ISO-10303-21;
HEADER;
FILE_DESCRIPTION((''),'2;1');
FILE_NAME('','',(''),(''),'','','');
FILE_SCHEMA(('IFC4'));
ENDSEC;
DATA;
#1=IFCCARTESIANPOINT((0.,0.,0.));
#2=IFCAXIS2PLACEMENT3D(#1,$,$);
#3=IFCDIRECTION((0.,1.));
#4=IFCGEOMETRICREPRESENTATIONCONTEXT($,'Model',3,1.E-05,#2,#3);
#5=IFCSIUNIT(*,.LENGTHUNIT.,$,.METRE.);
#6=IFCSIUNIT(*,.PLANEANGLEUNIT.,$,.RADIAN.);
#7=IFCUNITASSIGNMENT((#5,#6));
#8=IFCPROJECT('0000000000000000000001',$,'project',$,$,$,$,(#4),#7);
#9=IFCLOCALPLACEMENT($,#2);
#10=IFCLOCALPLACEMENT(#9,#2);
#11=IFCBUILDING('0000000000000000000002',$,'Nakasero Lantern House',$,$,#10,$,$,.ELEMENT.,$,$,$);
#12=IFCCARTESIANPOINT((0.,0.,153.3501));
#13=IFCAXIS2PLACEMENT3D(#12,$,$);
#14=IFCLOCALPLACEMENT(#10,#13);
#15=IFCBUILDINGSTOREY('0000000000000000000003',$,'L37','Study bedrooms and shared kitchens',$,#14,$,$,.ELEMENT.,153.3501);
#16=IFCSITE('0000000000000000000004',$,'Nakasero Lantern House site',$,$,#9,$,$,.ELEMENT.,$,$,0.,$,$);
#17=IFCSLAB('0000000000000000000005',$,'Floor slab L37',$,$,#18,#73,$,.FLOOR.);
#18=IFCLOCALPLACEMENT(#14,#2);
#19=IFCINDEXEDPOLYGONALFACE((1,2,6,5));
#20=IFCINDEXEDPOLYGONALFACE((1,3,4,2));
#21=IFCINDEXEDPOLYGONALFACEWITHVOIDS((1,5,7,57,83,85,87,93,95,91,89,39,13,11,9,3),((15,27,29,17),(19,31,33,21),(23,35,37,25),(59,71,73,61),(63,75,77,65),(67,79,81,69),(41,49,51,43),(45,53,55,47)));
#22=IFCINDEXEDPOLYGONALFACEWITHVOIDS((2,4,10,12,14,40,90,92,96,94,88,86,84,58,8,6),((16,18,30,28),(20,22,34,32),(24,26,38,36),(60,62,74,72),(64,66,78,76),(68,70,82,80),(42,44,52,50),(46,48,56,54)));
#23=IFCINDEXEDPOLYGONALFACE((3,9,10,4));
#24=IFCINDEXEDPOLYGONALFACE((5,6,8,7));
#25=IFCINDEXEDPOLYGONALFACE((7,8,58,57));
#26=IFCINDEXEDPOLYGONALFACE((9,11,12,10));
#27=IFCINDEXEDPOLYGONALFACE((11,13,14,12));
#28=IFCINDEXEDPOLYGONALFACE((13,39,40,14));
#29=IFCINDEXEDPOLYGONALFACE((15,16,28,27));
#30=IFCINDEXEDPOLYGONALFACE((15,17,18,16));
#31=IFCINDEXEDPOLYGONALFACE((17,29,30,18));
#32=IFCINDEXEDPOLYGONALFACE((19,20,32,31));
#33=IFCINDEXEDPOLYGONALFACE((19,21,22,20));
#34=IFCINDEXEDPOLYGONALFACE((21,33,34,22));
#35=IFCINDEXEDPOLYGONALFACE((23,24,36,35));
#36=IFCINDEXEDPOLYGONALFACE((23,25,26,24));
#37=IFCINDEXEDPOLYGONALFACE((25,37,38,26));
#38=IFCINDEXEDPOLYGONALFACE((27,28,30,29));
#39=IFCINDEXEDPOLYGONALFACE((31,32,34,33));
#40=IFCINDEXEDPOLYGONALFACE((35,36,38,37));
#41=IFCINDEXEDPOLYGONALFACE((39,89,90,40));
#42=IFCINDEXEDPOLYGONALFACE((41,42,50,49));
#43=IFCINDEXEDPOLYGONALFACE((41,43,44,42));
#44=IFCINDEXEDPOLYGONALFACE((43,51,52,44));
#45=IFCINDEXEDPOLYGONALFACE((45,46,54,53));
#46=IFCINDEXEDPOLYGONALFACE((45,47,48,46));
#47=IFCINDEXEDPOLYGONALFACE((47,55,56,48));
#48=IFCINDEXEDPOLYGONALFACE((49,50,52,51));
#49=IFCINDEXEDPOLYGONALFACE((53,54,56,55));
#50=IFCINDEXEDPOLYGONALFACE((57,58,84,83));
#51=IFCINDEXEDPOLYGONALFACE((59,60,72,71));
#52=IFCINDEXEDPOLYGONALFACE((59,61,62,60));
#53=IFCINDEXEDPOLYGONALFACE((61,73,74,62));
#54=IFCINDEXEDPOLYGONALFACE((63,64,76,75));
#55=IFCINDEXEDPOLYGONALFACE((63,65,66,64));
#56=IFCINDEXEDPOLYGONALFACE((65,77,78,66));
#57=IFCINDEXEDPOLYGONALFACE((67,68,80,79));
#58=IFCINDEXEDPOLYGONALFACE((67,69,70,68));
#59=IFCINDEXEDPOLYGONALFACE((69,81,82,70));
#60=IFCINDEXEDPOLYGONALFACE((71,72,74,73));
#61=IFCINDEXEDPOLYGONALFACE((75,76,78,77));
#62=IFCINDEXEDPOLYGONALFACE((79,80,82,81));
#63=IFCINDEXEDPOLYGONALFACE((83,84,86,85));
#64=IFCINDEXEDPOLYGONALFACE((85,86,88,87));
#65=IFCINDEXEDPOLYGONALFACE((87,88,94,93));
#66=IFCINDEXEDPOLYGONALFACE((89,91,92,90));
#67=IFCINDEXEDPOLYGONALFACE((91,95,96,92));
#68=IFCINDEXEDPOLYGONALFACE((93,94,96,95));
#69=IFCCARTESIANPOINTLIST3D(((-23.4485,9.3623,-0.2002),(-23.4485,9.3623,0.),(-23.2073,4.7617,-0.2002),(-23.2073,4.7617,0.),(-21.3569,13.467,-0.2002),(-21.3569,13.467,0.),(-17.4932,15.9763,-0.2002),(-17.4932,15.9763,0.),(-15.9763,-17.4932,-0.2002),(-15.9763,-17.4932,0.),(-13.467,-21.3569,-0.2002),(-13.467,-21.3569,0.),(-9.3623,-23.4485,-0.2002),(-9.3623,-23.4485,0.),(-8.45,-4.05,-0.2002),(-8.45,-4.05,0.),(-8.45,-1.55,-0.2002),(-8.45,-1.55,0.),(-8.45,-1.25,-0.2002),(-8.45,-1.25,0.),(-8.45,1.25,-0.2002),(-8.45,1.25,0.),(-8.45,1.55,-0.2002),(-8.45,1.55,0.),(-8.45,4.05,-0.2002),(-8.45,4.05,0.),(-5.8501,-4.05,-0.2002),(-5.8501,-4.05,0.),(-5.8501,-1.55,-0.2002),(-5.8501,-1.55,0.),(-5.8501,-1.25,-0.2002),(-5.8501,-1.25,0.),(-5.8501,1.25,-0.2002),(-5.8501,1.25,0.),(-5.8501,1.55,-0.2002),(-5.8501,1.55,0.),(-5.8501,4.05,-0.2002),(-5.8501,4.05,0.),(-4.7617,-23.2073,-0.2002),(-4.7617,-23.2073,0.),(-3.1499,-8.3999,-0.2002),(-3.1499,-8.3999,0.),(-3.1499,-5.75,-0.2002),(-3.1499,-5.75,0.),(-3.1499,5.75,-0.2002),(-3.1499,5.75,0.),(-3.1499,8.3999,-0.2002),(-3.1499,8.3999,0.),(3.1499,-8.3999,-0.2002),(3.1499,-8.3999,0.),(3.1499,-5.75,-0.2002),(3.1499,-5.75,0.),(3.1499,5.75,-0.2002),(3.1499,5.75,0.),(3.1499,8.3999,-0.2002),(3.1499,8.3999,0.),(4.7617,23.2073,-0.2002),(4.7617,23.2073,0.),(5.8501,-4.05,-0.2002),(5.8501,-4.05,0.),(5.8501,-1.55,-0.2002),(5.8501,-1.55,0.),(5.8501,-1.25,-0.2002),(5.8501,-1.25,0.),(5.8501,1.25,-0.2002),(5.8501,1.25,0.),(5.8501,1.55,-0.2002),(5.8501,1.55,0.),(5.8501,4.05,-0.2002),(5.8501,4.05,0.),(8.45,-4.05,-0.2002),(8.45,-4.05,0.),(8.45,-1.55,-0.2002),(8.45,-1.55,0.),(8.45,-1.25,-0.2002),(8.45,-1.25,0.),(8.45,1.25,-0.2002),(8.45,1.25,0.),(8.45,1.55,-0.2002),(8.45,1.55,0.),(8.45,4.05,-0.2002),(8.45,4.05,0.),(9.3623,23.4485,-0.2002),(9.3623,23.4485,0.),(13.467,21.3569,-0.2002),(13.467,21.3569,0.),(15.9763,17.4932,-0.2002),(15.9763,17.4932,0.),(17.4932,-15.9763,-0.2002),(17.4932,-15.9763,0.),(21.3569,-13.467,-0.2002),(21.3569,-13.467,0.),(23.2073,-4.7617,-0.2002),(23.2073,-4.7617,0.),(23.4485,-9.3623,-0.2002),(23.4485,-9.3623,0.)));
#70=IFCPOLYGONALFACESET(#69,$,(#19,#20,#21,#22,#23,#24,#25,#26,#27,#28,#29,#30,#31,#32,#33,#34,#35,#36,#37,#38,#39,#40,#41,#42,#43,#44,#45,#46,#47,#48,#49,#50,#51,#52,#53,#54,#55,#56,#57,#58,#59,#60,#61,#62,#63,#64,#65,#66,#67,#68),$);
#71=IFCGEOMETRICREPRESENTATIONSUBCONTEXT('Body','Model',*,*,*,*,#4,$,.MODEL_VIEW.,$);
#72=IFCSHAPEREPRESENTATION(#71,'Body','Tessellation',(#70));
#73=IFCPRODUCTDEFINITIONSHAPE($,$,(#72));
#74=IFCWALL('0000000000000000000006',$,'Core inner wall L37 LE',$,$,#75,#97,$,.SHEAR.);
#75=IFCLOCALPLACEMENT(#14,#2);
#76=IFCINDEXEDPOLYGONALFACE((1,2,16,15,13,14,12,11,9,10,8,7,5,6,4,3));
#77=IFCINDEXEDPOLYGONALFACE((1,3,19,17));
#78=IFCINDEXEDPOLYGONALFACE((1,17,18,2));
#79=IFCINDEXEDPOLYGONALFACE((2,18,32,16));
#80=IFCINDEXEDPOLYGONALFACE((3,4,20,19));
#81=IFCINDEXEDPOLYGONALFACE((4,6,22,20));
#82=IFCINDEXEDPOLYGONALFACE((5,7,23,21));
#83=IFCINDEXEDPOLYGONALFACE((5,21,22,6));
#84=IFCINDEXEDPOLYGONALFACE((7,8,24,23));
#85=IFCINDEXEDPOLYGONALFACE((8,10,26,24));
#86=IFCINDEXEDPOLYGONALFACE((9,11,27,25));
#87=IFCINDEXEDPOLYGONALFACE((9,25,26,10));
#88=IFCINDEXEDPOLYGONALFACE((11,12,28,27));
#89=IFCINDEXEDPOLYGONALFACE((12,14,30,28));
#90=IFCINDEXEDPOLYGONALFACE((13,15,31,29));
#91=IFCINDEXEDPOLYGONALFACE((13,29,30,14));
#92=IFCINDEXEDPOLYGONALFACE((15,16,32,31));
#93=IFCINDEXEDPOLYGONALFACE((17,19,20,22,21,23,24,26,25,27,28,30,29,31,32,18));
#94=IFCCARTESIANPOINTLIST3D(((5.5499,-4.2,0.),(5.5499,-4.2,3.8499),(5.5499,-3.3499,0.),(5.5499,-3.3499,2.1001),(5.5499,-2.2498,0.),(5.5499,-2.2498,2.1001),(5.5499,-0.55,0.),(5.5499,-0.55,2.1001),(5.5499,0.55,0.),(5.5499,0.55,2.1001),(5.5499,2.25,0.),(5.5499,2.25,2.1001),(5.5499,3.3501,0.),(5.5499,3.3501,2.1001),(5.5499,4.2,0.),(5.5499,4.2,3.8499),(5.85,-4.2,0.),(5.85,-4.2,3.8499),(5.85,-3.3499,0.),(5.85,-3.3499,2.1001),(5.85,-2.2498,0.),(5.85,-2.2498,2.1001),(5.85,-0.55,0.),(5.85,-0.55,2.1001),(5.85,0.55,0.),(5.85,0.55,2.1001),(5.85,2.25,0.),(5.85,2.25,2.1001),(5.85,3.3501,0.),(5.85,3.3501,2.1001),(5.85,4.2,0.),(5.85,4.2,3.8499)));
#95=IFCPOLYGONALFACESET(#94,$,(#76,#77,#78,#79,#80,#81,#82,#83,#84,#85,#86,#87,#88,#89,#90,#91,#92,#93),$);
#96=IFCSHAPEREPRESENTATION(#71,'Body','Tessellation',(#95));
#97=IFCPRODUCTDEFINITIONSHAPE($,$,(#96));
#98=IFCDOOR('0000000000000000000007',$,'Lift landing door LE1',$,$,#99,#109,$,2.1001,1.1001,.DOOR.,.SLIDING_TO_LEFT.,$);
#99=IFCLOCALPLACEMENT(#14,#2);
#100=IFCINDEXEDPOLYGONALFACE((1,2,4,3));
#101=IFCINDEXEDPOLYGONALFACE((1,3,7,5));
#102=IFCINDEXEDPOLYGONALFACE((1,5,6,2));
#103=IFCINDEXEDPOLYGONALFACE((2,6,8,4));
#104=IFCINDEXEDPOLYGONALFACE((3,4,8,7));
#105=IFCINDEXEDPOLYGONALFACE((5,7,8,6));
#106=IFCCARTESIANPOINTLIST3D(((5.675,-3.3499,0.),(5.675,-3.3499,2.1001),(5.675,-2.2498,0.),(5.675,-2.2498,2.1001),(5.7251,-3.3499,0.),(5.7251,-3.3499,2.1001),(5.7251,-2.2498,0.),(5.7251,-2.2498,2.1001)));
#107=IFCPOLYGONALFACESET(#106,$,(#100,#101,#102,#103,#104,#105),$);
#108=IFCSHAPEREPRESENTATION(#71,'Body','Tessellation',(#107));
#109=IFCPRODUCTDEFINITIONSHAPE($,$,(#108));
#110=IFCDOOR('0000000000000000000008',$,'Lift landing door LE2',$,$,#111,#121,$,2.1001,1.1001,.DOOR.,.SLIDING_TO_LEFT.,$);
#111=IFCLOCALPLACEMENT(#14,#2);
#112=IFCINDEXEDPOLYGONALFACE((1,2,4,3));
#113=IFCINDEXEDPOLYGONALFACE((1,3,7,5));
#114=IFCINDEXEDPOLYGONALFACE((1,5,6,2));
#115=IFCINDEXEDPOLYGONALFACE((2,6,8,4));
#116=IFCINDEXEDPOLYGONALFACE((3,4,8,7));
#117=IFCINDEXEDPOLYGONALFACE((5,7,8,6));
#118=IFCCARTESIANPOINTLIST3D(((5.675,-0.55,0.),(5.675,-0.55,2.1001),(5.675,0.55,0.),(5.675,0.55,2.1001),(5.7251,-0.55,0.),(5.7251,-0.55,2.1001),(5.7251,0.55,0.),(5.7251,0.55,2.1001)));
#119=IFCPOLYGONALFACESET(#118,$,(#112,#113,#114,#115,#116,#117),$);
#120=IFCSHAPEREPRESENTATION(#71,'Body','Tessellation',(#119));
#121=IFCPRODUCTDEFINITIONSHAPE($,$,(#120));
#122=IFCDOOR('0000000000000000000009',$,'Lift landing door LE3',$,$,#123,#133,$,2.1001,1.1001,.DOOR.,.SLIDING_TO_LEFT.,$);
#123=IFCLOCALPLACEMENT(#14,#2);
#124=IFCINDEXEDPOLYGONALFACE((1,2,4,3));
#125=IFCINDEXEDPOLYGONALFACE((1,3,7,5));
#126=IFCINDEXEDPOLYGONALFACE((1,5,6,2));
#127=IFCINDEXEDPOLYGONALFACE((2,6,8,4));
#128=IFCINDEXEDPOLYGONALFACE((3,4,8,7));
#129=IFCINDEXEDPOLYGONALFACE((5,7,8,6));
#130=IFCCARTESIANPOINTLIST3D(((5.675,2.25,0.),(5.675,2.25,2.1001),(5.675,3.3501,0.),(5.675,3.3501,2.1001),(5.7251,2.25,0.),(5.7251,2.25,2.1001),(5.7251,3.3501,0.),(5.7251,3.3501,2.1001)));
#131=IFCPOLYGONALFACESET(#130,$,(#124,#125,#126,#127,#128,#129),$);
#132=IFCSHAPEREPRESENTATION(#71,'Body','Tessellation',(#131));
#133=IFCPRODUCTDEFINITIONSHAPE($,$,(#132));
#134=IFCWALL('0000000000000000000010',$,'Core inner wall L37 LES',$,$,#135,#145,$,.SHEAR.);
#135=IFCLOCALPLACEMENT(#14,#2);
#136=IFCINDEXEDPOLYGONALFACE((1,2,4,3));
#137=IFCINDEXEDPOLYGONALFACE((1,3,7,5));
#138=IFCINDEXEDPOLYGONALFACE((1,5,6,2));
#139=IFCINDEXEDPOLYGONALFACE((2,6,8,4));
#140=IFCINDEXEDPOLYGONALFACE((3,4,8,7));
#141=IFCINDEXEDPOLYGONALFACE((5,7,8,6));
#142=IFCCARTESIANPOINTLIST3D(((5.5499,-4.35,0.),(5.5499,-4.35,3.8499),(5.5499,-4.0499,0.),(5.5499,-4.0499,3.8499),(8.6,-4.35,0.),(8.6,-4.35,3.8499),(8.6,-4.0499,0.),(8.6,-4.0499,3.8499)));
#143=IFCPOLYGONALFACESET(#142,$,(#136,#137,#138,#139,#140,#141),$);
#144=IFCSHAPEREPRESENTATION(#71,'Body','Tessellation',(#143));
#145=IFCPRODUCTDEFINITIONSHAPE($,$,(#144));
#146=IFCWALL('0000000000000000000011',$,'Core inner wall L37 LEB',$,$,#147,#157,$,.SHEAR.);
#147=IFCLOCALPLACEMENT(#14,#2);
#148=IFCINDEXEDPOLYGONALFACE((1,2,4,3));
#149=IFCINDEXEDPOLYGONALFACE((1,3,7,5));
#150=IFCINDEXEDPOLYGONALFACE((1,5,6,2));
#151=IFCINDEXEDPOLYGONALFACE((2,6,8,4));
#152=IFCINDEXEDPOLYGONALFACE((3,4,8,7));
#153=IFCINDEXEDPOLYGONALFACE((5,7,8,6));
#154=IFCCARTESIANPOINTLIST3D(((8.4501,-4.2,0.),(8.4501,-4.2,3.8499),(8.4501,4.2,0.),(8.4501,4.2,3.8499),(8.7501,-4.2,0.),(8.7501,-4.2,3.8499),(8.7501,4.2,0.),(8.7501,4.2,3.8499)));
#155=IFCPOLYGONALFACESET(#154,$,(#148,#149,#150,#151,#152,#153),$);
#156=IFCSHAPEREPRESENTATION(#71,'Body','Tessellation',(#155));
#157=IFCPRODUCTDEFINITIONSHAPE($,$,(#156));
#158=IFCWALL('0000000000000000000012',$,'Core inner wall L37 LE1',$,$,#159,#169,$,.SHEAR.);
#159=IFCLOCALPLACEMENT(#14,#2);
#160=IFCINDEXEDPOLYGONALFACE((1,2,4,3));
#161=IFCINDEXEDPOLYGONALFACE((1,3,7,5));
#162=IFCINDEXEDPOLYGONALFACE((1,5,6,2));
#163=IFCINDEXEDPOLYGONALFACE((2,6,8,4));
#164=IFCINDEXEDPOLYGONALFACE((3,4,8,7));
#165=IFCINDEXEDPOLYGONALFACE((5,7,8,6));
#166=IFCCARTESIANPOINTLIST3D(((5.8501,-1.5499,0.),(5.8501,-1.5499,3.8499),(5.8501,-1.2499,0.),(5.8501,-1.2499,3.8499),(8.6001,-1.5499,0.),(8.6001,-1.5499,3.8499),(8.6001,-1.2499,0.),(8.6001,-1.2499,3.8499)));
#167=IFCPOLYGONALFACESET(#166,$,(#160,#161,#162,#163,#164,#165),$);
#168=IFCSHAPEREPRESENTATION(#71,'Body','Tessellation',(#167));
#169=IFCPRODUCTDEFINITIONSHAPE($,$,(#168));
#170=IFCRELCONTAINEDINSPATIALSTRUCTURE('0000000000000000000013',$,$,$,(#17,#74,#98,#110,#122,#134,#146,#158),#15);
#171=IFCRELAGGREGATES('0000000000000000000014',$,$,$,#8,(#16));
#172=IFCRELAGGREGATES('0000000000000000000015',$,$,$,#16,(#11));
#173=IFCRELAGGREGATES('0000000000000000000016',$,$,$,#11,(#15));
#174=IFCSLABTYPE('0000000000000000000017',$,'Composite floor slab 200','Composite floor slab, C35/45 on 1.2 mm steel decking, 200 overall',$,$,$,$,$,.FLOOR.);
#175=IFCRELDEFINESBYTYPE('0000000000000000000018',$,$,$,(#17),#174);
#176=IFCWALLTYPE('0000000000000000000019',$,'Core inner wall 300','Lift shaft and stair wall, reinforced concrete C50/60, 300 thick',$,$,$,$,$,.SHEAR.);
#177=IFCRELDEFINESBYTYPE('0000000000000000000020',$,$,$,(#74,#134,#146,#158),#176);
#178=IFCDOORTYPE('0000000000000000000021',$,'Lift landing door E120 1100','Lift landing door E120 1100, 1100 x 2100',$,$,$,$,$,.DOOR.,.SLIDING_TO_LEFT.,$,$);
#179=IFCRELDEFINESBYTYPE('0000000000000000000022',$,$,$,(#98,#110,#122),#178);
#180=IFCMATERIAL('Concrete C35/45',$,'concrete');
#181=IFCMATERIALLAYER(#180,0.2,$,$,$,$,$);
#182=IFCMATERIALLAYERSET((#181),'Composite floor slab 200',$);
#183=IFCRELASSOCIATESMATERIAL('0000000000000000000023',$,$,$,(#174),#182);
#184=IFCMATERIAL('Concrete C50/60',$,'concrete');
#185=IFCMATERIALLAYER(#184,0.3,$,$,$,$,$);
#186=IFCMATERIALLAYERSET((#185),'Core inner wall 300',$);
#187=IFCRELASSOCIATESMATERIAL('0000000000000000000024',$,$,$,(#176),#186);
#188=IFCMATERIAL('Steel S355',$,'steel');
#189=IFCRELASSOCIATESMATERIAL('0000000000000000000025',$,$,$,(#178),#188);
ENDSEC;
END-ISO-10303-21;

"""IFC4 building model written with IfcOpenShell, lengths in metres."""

from ifc_helpers import new_model, si_unit, direction, frame, frame_2d, origin, place, context, subcontext, project, spatial, polyline, rectangle, outline, extrude, material, layer, layer_set, type_object, element, fill, save


model = new_model("IFC4")

# Units and contexts
model_context = context("Model", 3, precision=1e-05, world=origin(), true_north=direction((0.0, 1.0)))
body_context = subcontext(model_context, "Body", "Model", "MODEL_VIEW")
ifc_project = project(units=[si_unit("LENGTHUNIT", "METRE"), si_unit("PLANEANGLEUNIT", "RADIAN")], contexts=[model_context])

# Site, building, storey
site_placement = place(None, origin())
site = spatial("IfcSite", under=ifc_project, at=site_placement, Name="Nakasero Lantern House site", CompositionType="ELEMENT", RefElevation=0.0)
building_placement = place(site_placement, origin())
building = spatial("IfcBuilding", under=site, at=building_placement, Name="Nakasero Lantern House", CompositionType="ELEMENT")
storey_placement = place(building_placement, frame((0.0, 0.0, 153.3501)))
storey = spatial("IfcBuildingStorey", under=building, at=storey_placement, Name="L37", Description="Study bedrooms and shared kitchens", CompositionType="ELEMENT", Elevation=153.3501)

# Slab
ifc_material_1 = material(Name="Concrete C35/45", Category="concrete")
ifc_layer_1 = layer(ifc_material_1, 0.2)
ifc_layer_set_1 = layer_set([ifc_layer_1], Name="Composite floor slab 200")
slab_type_1 = type_object("IfcSlabType", Name="Composite floor slab 200", Description="Composite floor slab, C35/45 on 1.2 mm steel decking, 200 overall", PredefinedType="FLOOR", material=ifc_layer_set_1)
slab_1_placement = place(storey_placement, frame((0.0, 0.0, -0.2002)))
element("IfcSlab", 1, at=slab_1_placement, inside=storey, type_object=slab_type_1, Name="Floor slab L37", PredefinedType="FLOOR", context=body_context, shape_type="SweptSolid", body=[
    extrude(outline(polyline([(15.9763, 17.4932), (13.467, 21.3569), (9.3623, 23.4485), (4.7617, 23.2073), (-17.4932, 15.9763), (-21.3569, 13.467), (-23.4485, 9.3623), (-23.2073, 4.7617), (-15.9763, -17.4932), (-13.467, -21.3569), (-9.3623, -23.4485), (-4.7617, -23.2073), (17.4932, -15.9763), (21.3569, -13.467), (23.4485, -9.3623), (23.2073, -4.7617), (15.9763, 17.4932)]), holes=[polyline([(-8.45, -4.05), (-5.8501, -4.05), (-5.8501, -1.55), (-8.45, -1.55), (-8.45, -4.05)]), polyline([(-8.45, -1.25), (-5.8501, -1.25), (-5.8501, 1.25), (-8.45, 1.25), (-8.45, -1.25)]), polyline([(-8.45, 1.55), (-5.8501, 1.55), (-5.8501, 4.05), (-8.45, 4.05), (-8.45, 1.55)]), polyline([(5.8501, -4.05), (8.45, -4.05), (8.45, -1.55), (5.8501, -1.55), (5.8501, -4.05)]), polyline([(5.8501, -1.25), (8.45, -1.25), (8.45, 1.25), (5.8501, 1.25), (5.8501, -1.25)]), polyline([(5.8501, 1.55), (8.45, 1.55), (8.45, 4.05), (5.8501, 4.05), (5.8501, 1.55)]), polyline([(-3.1499, 5.75), (3.1499, 5.75), (3.1499, 8.3999), (-3.1499, 8.3999), (-3.1499, 5.75)]), polyline([(-3.1499, -8.3999), (3.1499, -8.3999), (3.1499, -5.75), (-3.1499, -5.75), (-3.1499, -8.3999)])]), origin(), (0.0, 0.0, 1.0), 0.2002),
])

# Wall, openings, doors
ifc_material_2 = material(Name="Concrete C50/60", Category="concrete")
ifc_layer_2 = layer(ifc_material_2, 0.3)
ifc_layer_set_2 = layer_set([ifc_layer_2], Name="Core inner wall 300")
wall_type_1 = type_object("IfcWallType", Name="Core inner wall 300", Description="Lift shaft and stair wall, reinforced concrete C50/60, 300 thick", PredefinedType="SHEAR", material=ifc_layer_set_2)
wall_1_placement = place(storey_placement, frame((5.7, -4.2, 0.0), z_axis=(0.0, 0.0, 1.0), x_axis=(0.0, 1.0, 0.0)))
wall_1 = element("IfcWall", 2, at=wall_1_placement, inside=storey, type_object=wall_type_1, Name="Core inner wall L37 LE", PredefinedType="SHEAR", context=body_context, shape_type="SweptSolid", body=[
    extrude(rectangle(XDim=8.3999, YDim=0.3, at=frame_2d((4.2, 0.0))), origin(), (0.0, 0.0, 1.0), 3.8499),
])
opening_1_placement = place(wall_1_placement, frame((0.8501, 0.0, 0.0)))
opening_1 = element("IfcOpeningElement", 3, at=opening_1_placement, cuts=wall_1, PredefinedType="OPENING", context=body_context, shape_type="SweptSolid", body=[
    extrude(rectangle(XDim=1.1001, YDim=2.1001, at=frame_2d((0.55, 1.05))), frame((0.0, 0.1699, 0.0), z_axis=(0.0, -1.0, 0.0), x_axis=(1.0, 0.0, 0.0)), (0.0, 0.0, 1.0), 0.3401),
])
opening_2_placement = place(wall_1_placement, frame((3.6499, 0.0, 0.0)))
opening_2 = element("IfcOpeningElement", 4, at=opening_2_placement, cuts=wall_1, PredefinedType="OPENING", context=body_context, shape_type="SweptSolid", body=[
    extrude(rectangle(XDim=1.1001, YDim=2.1001, at=frame_2d((0.55, 1.05))), frame((0.0, 0.1699, 0.0), z_axis=(0.0, -1.0, 0.0), x_axis=(1.0, 0.0, 0.0)), (0.0, 0.0, 1.0), 0.3401),
])
opening_3_placement = place(wall_1_placement, frame((6.45, 0.0, 0.0)))
opening_3 = element("IfcOpeningElement", 5, at=opening_3_placement, cuts=wall_1, PredefinedType="OPENING", context=body_context, shape_type="SweptSolid", body=[
    extrude(rectangle(XDim=1.1001, YDim=2.1001, at=frame_2d((0.55, 1.05))), frame((0.0, 0.1699, 0.0), z_axis=(0.0, -1.0, 0.0), x_axis=(1.0, 0.0, 0.0)), (0.0, 0.0, 1.0), 0.3401),
])
ifc_material_3 = material(Name="Steel S355", Category="steel")
door_type_1 = type_object("IfcDoorType", Name="Lift landing door E120 1100", Description="Lift landing door E120 1100, 1100 x 2100", OperationType="SLIDING_TO_LEFT", PredefinedType="DOOR", material=ifc_material_3)
door_1_placement = place(opening_1_placement, origin())
door_1 = element("IfcDoor", 6, at=door_1_placement, inside=storey, type_object=door_type_1, Name="Lift landing door LE1", OperationType="SLIDING_TO_LEFT", OverallHeight=2.1001, OverallWidth=1.1001, PredefinedType="DOOR", context=body_context, shape_type="SweptSolid", body=[
    extrude(rectangle(XDim=1.1001, YDim=2.1001, at=frame_2d((0.55, 1.05))), frame((0.0, 0.0249, 0.0), z_axis=(0.0, -1.0, 0.0), x_axis=(1.0, 0.0, 0.0)), (0.0, 0.0, 1.0), 0.05),
])
fill(opening_1, door_1)
door_2_placement = place(opening_2_placement, origin())
door_2 = element("IfcDoor", 7, at=door_2_placement, inside=storey, type_object=door_type_1, Name="Lift landing door LE2", OperationType="SLIDING_TO_LEFT", OverallHeight=2.1001, OverallWidth=1.1001, PredefinedType="DOOR", context=body_context, shape_type="SweptSolid", body=[
    extrude(rectangle(XDim=1.1001, YDim=2.1001, at=frame_2d((0.55, 1.05))), frame((0.0, 0.0249, 0.0), z_axis=(0.0, -1.0, 0.0), x_axis=(1.0, 0.0, 0.0)), (0.0, 0.0, 1.0), 0.05),
])
fill(opening_2, door_2)
door_3_placement = place(opening_3_placement, origin())
door_3 = element("IfcDoor", 8, at=door_3_placement, inside=storey, type_object=door_type_1, Name="Lift landing door LE3", OperationType="SLIDING_TO_LEFT", OverallHeight=2.1001, OverallWidth=1.1001, PredefinedType="DOOR", context=body_context, shape_type="SweptSolid", body=[
    extrude(rectangle(XDim=1.1001, YDim=2.1001, at=frame_2d((0.55, 1.05))), frame((0.0, 0.0249, 0.0), z_axis=(0.0, -1.0, 0.0), x_axis=(1.0, 0.0, 0.0)), (0.0, 0.0, 1.0), 0.05),
])
fill(opening_3, door_3)

# Walls
wall_2_placement = place(storey_placement, frame((5.55, -4.2, 0.0), z_axis=(0.0, 0.0, 1.0), x_axis=(1.0, 0.0, 0.0)))
element("IfcWall", 9, at=wall_2_placement, inside=storey, type_object=wall_type_1, Name="Core inner wall L37 LES", PredefinedType="SHEAR", context=body_context, shape_type="SweptSolid", body=[
    extrude(rectangle(XDim=3.05, YDim=0.3, at=frame_2d((1.5249, 0.0))), origin(), (0.0, 0.0, 1.0), 3.8499),
])
wall_3_placement = place(storey_placement, frame((8.6001, -4.2, 0.0), z_axis=(0.0, 0.0, 1.0), x_axis=(0.0, 1.0, 0.0)))
element("IfcWall", 10, at=wall_3_placement, inside=storey, type_object=wall_type_1, Name="Core inner wall L37 LEB", PredefinedType="SHEAR", context=body_context, shape_type="SweptSolid", body=[
    extrude(rectangle(XDim=8.3999, YDim=0.3, at=frame_2d((4.2, 0.0))), origin(), (0.0, 0.0, 1.0), 3.8499),
])
wall_4_placement = place(storey_placement, frame((5.8501, -1.3999, 0.0), z_axis=(0.0, 0.0, 1.0), x_axis=(1.0, 0.0, 0.0)))
element("IfcWall", 11, at=wall_4_placement, inside=storey, type_object=wall_type_1, Name="Core inner wall L37 LE1", PredefinedType="SHEAR", context=body_context, shape_type="SweptSolid", body=[
    extrude(rectangle(XDim=2.75, YDim=0.3, at=frame_2d((1.375, 0.0))), origin(), (0.0, 0.0, 1.0), 3.8499),
])

save(model, "model.ifc")
